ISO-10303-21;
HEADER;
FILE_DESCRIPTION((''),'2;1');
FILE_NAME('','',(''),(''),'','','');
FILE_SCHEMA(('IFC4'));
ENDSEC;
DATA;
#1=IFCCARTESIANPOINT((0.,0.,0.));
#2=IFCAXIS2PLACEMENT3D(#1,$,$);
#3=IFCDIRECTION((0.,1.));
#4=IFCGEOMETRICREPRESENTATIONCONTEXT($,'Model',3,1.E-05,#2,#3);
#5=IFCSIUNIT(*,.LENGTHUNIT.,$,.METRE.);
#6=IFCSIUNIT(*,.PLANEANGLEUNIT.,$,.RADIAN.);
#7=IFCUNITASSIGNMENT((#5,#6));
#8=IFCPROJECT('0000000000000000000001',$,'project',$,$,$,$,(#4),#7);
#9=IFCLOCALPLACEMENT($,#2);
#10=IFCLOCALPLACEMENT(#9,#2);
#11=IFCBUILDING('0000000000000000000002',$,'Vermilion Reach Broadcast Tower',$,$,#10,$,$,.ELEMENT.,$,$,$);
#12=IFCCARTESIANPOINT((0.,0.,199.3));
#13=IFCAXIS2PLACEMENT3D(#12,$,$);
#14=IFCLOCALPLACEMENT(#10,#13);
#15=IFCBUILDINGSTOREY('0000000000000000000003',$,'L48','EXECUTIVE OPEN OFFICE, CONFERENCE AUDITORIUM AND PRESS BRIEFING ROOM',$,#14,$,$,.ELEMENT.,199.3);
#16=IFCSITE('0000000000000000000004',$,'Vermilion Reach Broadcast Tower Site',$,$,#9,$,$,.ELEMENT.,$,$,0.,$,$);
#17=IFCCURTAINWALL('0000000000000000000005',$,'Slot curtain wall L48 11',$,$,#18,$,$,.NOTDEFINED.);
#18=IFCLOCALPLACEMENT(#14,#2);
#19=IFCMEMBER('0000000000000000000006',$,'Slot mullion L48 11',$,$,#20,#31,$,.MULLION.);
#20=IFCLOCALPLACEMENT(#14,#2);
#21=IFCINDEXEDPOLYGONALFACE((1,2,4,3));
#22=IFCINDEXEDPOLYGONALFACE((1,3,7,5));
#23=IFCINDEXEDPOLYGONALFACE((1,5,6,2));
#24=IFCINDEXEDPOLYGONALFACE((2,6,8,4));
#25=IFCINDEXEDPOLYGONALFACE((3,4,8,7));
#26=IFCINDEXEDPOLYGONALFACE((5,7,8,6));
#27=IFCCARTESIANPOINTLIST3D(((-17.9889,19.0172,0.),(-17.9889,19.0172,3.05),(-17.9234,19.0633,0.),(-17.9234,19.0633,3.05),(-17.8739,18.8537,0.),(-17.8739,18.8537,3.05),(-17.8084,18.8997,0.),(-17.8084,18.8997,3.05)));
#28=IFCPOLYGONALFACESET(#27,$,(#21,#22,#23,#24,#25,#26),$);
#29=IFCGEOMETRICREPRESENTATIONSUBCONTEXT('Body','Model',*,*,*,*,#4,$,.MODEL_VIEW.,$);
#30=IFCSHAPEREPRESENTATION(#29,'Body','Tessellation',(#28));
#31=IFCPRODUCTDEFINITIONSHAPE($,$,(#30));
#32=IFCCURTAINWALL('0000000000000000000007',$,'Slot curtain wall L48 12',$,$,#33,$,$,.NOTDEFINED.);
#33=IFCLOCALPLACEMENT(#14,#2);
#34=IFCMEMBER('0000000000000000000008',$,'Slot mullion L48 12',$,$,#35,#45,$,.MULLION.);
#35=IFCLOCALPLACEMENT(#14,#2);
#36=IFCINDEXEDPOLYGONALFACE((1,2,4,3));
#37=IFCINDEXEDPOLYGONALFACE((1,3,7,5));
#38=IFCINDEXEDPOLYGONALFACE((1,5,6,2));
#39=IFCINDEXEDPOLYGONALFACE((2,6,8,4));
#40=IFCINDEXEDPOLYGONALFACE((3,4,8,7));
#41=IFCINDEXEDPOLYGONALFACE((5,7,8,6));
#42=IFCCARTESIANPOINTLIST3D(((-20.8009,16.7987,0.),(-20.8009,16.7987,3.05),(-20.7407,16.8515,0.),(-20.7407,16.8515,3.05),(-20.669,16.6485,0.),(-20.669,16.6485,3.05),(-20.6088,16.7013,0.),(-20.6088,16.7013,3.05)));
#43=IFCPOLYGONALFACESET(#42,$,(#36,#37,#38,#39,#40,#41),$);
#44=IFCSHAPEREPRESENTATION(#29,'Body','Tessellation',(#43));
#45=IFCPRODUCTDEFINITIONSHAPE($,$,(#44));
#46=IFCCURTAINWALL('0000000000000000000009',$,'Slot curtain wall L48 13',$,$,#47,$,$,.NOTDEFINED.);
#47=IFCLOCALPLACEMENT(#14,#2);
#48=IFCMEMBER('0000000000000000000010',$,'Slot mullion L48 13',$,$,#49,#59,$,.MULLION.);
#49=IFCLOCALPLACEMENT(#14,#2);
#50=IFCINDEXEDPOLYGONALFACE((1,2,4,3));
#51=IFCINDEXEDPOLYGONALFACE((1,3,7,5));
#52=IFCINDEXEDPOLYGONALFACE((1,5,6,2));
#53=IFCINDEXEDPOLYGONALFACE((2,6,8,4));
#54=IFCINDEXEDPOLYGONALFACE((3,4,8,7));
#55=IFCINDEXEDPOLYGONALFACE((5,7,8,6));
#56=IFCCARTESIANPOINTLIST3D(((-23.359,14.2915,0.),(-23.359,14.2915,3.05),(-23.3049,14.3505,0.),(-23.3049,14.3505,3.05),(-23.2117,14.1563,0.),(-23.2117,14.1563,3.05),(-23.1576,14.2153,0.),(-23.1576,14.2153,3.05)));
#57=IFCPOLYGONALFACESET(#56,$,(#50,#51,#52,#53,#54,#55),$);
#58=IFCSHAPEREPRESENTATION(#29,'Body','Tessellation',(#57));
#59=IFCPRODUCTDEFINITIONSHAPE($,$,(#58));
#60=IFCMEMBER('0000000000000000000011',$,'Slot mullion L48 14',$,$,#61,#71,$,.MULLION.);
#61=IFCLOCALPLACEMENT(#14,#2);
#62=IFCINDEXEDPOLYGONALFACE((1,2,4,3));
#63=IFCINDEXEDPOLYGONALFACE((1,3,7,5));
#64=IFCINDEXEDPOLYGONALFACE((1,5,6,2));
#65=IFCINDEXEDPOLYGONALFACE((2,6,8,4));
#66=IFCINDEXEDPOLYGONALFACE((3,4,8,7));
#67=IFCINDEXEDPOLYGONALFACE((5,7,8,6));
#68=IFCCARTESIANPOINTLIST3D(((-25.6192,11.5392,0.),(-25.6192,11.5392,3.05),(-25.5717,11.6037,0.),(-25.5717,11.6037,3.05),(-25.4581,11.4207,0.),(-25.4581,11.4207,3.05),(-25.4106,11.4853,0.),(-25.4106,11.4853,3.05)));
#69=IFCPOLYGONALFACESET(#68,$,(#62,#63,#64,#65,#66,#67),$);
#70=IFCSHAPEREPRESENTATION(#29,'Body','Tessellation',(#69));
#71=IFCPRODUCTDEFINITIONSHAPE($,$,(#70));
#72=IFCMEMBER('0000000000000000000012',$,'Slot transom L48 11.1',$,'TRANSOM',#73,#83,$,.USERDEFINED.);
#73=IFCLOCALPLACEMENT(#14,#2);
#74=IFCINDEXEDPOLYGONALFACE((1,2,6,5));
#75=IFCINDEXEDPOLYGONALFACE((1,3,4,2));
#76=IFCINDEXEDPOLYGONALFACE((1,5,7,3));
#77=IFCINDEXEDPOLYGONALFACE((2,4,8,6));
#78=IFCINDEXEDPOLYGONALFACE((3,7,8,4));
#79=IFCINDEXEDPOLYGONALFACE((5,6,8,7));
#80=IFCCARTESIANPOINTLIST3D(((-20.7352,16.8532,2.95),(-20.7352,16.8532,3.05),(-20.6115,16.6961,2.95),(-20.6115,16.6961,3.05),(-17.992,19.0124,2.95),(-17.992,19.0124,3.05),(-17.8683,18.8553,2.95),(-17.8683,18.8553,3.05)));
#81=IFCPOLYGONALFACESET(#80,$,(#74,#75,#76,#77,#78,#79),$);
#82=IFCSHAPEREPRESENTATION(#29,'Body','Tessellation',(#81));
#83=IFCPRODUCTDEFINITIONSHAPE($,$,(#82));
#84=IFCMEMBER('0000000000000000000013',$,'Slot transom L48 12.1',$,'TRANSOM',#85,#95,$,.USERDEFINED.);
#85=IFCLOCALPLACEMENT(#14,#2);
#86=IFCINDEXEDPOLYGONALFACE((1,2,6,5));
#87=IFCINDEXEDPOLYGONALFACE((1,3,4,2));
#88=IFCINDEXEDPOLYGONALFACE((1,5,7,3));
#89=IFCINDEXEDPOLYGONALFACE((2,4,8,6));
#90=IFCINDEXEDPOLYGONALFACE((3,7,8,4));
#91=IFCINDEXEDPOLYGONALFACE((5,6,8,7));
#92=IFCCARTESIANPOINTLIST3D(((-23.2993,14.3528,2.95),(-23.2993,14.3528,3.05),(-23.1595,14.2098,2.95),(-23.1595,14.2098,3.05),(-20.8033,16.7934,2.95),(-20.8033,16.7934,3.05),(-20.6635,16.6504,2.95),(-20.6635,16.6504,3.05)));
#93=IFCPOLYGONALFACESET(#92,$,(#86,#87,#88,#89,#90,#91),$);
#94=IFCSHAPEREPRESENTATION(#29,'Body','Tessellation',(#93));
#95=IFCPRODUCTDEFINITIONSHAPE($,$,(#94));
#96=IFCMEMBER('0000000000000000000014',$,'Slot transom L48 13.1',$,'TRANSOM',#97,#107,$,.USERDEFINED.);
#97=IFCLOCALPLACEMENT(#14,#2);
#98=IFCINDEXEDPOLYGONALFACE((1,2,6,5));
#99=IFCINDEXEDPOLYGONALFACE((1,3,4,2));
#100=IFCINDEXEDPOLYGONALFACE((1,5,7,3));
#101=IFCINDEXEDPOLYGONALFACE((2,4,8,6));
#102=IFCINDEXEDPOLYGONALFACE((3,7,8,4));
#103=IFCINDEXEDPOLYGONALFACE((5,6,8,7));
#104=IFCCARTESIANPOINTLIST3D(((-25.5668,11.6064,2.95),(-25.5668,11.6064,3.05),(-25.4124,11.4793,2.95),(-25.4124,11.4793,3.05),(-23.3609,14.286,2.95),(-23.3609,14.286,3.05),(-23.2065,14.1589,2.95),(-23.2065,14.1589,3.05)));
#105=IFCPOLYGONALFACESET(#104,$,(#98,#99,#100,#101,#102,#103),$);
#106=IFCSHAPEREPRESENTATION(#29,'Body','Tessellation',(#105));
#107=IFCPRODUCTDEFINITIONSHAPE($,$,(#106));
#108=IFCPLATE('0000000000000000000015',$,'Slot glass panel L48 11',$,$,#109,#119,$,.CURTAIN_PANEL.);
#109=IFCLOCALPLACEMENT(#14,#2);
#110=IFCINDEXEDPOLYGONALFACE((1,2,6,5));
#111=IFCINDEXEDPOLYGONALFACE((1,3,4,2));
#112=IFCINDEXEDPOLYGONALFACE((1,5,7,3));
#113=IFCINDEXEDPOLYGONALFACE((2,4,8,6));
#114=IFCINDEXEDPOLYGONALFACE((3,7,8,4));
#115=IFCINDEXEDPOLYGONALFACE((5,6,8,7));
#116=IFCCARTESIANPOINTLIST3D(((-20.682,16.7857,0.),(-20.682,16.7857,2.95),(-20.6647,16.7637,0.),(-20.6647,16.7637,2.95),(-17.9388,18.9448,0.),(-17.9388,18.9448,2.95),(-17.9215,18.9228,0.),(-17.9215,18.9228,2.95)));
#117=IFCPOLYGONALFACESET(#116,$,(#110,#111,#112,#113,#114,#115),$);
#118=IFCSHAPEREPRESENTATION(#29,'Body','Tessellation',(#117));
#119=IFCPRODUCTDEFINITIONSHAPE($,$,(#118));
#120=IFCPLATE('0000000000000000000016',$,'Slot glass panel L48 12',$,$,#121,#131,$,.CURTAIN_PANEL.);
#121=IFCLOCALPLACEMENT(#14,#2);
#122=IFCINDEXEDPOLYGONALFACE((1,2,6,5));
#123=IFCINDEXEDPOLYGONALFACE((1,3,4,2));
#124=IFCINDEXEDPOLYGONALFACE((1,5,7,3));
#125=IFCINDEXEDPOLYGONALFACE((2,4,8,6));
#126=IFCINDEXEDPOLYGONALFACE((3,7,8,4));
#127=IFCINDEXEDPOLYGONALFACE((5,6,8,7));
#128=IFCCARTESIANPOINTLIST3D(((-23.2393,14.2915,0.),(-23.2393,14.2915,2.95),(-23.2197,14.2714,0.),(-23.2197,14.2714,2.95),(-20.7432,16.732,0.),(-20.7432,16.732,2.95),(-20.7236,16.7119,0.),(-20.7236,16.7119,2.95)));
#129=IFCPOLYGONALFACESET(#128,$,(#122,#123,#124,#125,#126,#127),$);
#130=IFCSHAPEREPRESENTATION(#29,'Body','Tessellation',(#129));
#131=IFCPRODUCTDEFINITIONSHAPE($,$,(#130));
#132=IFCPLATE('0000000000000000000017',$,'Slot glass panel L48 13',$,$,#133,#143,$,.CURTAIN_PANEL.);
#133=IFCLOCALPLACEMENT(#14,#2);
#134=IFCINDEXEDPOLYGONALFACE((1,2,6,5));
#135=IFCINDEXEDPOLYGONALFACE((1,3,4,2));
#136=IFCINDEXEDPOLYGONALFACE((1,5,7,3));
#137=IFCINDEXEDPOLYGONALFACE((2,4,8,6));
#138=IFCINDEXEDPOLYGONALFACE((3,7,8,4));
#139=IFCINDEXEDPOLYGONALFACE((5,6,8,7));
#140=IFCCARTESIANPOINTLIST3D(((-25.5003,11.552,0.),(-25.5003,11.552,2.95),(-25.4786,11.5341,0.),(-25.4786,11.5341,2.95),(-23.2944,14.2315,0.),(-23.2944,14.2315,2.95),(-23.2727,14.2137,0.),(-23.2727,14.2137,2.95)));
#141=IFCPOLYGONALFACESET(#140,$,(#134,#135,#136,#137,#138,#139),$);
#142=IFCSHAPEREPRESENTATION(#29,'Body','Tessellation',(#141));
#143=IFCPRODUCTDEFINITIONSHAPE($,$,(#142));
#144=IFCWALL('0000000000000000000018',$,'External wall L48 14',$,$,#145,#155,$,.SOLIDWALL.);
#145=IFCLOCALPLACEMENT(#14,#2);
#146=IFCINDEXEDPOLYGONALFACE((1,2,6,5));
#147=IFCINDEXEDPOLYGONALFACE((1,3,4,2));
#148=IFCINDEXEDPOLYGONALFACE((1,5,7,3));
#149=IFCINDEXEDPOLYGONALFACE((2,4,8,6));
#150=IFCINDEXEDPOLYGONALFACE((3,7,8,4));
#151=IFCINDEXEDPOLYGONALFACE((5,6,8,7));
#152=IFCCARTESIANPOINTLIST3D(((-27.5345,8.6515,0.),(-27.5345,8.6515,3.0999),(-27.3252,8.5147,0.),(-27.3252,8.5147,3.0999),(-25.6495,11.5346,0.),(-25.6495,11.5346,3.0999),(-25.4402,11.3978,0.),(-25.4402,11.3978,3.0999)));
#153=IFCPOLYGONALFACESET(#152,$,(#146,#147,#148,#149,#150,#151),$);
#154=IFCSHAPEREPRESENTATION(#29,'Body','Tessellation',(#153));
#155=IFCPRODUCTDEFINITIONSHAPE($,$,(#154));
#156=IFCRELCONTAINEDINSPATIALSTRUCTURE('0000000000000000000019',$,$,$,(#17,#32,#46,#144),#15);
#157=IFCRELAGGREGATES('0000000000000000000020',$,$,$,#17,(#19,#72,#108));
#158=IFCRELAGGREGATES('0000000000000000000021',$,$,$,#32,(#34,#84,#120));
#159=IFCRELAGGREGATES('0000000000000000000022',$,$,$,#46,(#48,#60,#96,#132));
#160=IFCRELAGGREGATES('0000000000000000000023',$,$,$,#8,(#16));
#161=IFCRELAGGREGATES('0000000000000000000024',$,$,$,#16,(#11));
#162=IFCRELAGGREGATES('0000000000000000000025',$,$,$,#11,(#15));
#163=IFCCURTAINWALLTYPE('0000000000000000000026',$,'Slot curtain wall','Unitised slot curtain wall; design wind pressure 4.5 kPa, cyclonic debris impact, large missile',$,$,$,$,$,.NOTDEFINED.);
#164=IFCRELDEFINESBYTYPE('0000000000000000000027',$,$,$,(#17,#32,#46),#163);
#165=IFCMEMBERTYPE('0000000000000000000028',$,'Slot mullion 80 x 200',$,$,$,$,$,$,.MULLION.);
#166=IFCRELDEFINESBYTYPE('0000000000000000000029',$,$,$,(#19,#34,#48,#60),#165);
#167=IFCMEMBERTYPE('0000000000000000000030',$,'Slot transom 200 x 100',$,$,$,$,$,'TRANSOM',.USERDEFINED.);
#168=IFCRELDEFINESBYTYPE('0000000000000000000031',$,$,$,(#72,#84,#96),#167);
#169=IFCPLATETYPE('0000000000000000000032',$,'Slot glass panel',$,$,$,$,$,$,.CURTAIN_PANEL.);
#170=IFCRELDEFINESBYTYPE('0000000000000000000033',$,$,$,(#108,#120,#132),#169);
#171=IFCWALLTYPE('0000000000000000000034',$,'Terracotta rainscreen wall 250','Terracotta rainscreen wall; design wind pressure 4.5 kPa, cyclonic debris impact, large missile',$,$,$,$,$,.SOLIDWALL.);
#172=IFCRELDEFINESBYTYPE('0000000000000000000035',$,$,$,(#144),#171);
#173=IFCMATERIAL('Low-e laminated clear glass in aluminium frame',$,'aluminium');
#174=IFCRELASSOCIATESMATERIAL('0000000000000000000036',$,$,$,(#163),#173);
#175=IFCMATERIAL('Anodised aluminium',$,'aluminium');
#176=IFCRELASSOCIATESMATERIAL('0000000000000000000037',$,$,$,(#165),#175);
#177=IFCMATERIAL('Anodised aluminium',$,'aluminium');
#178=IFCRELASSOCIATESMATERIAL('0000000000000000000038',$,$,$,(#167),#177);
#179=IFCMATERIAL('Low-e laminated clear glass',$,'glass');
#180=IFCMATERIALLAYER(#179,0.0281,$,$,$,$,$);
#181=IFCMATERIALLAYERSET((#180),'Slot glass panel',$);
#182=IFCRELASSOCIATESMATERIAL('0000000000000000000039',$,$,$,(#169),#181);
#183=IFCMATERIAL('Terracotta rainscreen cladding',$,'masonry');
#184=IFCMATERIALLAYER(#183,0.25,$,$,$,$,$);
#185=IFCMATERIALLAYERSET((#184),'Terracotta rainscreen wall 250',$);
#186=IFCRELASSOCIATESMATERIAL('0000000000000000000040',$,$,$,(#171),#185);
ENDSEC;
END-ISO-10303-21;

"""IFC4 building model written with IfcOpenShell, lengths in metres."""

from ifc_helpers import new_model, si_unit, direction, frame, frame_2d, origin, origin_2d, place, context, subcontext, project, spatial, rectangle, extrude, material, layer, layer_set, material_profile, profile_set, type_object, element, aggregate, save


model = new_model("IFC4")

# Units and contexts
model_context = context("Model", 3, precision=1e-05, world=origin(), true_north=direction((0.0, 1.0)))
body_context = subcontext(model_context, "Body", "Model", "MODEL_VIEW")
ifc_project = project(units=[si_unit("LENGTHUNIT", "METRE"), si_unit("PLANEANGLEUNIT", "RADIAN")], contexts=[model_context])

# Site, building, storey
site_placement = place(None, origin())
site = spatial("IfcSite", under=ifc_project, at=site_placement, Name="Vermilion Reach Broadcast Tower Site", CompositionType="ELEMENT", RefElevation=0.0)
building_placement = place(site_placement, origin())
building = spatial("IfcBuilding", under=site, at=building_placement, Name="Vermilion Reach Broadcast Tower", CompositionType="ELEMENT")
storey_placement = place(building_placement, frame((0.0, 0.0, 199.3)))
storey = spatial("IfcBuildingStorey", under=building, at=storey_placement, Name="L48", Description="EXECUTIVE OPEN OFFICE, CONFERENCE AUDITORIUM AND PRESS BRIEFING ROOM", CompositionType="ELEMENT", Elevation=199.3)

# Curtain walls, members
ifc_material_1 = material(Name="Low-e laminated clear glass in aluminium frame", Category="aluminium")
curtain_wall_type = type_object("IfcCurtainWallType", Name="Slot curtain wall", Description="Unitised slot curtain wall; design wind pressure 4.5 kPa, cyclonic debris impact, large missile", PredefinedType="NOTDEFINED", material=ifc_material_1)
placement = place(storey_placement, origin())
curtain_wall_1 = element("IfcCurtainWall", 1, at=placement, inside=storey, type_object=curtain_wall_type, Name="Slot curtain wall L48 11", PredefinedType="NOTDEFINED")
ifc_material_2 = material(Name="Anodised aluminium", Category="aluminium")
ifc_material_profile_1 = material_profile(ifc_material_2, rectangle(XDim=0.2, YDim=0.0801, at=origin_2d()), Name="Slot mullion 80 x 200")
ifc_profile_set_1 = profile_set([ifc_material_profile_1], Name="Anodised aluminium")
member_type_1 = type_object("IfcMemberType", Name="Slot mullion 80 x 200", PredefinedType="MULLION", material=ifc_profile_set_1)
member_1_placement = place(storey_placement, frame((-17.8987, 18.9585, 0.0), z_axis=(0.0, 0.0, 1.0), x_axis=(0.575206, -0.818009, 0.0)))
member_1 = element("IfcMember", 2, at=member_1_placement, type_object=member_type_1, Name="Slot mullion L48 11", PredefinedType="MULLION", context=body_context, shape_type="SweptSolid", body=[
    extrude(rectangle(XDim=0.2, YDim=0.0801, at=origin_2d()), origin(), (0.0, 0.0, 1.0), 3.05),
])
curtain_wall_2 = element("IfcCurtainWall", 3, at=placement, inside=storey, type_object=curtain_wall_type, Name="Slot curtain wall L48 12", PredefinedType="NOTDEFINED")
member_2_placement = place(storey_placement, frame((-20.7048, 16.75, 0.0), z_axis=(0.0, 0.0, 1.0), x_axis=(0.659739, -0.751494, 0.0)))
member_2 = element("IfcMember", 4, at=member_2_placement, type_object=member_type_1, Name="Slot mullion L48 12", PredefinedType="MULLION", context=body_context, shape_type="SweptSolid", body=[
    extrude(rectangle(XDim=0.2, YDim=0.0801, at=origin_2d()), origin(), (0.0, 0.0, 1.0), 3.05),
])

# Curtain wall, members
curtain_wall_3 = element("IfcCurtainWall", 5, at=placement, inside=storey, type_object=curtain_wall_type, Name="Slot curtain wall L48 13", PredefinedType="NOTDEFINED")
member_3_placement = place(storey_placement, frame((-23.2583, 14.2534, 0.0), z_axis=(0.0, 0.0, 1.0), x_axis=(0.73664, -0.676286, 0.0)))
member_3 = element("IfcMember", 6, at=member_3_placement, type_object=member_type_1, Name="Slot mullion L48 13", PredefinedType="MULLION", context=body_context, shape_type="SweptSolid", body=[
    extrude(rectangle(XDim=0.2, YDim=0.0801, at=origin_2d()), origin(), (0.0, 0.0, 1.0), 3.05),
])
member_4_placement = place(storey_placement, frame((-25.5149, 11.5122, 0.0), z_axis=(0.0, 0.0, 1.0), x_axis=(0.805732, -0.59228, 0.0)))
member_4 = element("IfcMember", 7, at=member_4_placement, type_object=member_type_1, Name="Slot mullion L48 14", PredefinedType="MULLION", context=body_context, shape_type="SweptSolid", body=[
    extrude(rectangle(XDim=0.2, YDim=0.0801, at=origin_2d()), origin(), (0.0, 0.0, 1.0), 3.05),
])

# Members
ifc_material_3 = material(Name="Anodised aluminium", Category="aluminium")
ifc_material_profile_2 = material_profile(ifc_material_3, rectangle(XDim=0.2, YDim=0.1001, at=origin_2d()), Name="Slot transom 200 x 100")
ifc_profile_set_2 = profile_set([ifc_material_profile_2], Name="Anodised aluminium")
member_type_2 = type_object("IfcMemberType", Name="Slot transom 200 x 100", ElementType="TRANSOM", PredefinedType="USERDEFINED", material=ifc_profile_set_2)
member_5_placement = place(storey_placement, frame((-17.9302, 18.9338, 3.0), z_axis=(-0.785784, -0.618501, 0.0), x_axis=(0.618501, -0.785784, 0.0)))
member_5 = element("IfcMember", 8, at=member_5_placement, type_object=member_type_2, Name="Slot transom L48 11.1", ObjectType="TRANSOM", PredefinedType="USERDEFINED", context=body_context, shape_type="SweptSolid", body=[
    extrude(rectangle(XDim=0.2, YDim=0.1001, at=origin_2d()), origin(), (0.0, 0.0, 1.0), 3.491),
])
member_6_placement = place(storey_placement, frame((-20.7334, 16.7219, 3.0), z_axis=(-0.715, -0.699125, 0.0), x_axis=(0.699125, -0.715, 0.0)))
member_6 = element("IfcMember", 9, at=member_6_placement, type_object=member_type_2, Name="Slot transom L48 12.1", ObjectType="TRANSOM", PredefinedType="USERDEFINED", context=body_context, shape_type="SweptSolid", body=[
    extrude(rectangle(XDim=0.2, YDim=0.1001, at=origin_2d()), origin(), (0.0, 0.0, 1.0), 3.491),
])
member_7_placement = place(storey_placement, frame((-23.2837, 14.2224, 3.0), z_axis=(-0.635572, -0.772042, 0.0), x_axis=(0.772042, -0.635572, 0.0)))
member_7 = element("IfcMember", 10, at=member_7_placement, type_object=member_type_2, Name="Slot transom L48 13.1", ObjectType="TRANSOM", PredefinedType="USERDEFINED", context=body_context, shape_type="SweptSolid", body=[
    extrude(rectangle(XDim=0.2, YDim=0.1001, at=origin_2d()), origin(), (0.0, 0.0, 1.0), 3.4707),
])

# Plates
ifc_material_4 = material(Name="Low-e laminated clear glass", Category="glass")
ifc_layer_1 = layer(ifc_material_4, 0.0281)
ifc_layer_set_1 = layer_set([ifc_layer_1], Name="Slot glass panel")
plate_type = type_object("IfcPlateType", Name="Slot glass panel", PredefinedType="CURTAIN_PANEL", material=ifc_layer_set_1)
plate_1_placement = place(storey_placement, frame((-19.3018, 17.8542, 0.0), z_axis=(0.0, 0.0, 1.0), x_axis=(-0.785796, -0.618486, 0.0)))
plate_1 = element("IfcPlate", 11, at=plate_1_placement, type_object=plate_type, Name="Slot glass panel L48 11", PredefinedType="CURTAIN_PANEL", context=body_context, shape_type="SweptSolid", body=[
    extrude(rectangle(XDim=3.491, YDim=0.0281, at=origin_2d()), origin(), (0.0, 0.0, 1.0), 2.95),
])
aggregate(curtain_wall_1, [member_1, member_5, plate_1])
plate_2_placement = place(storey_placement, frame((-21.9814, 15.5017, 0.0), z_axis=(0.0, 0.0, 1.0), x_axis=(-0.71503, -0.699093, 0.0)))
plate_2 = element("IfcPlate", 12, at=plate_2_placement, type_object=plate_type, Name="Slot glass panel L48 12", PredefinedType="CURTAIN_PANEL", context=body_context, shape_type="SweptSolid", body=[
    extrude(rectangle(XDim=3.491, YDim=0.0281, at=origin_2d()), origin(), (0.0, 0.0, 1.0), 2.95),
])
aggregate(curtain_wall_2, [member_2, member_6, plate_2])
plate_3_placement = place(storey_placement, frame((-24.3865, 12.8828, 0.0), z_axis=(0.0, 0.0, 1.0), x_axis=(-0.635572, -0.772041, 0.0)))
plate_3 = element("IfcPlate", 13, at=plate_3_placement, type_object=plate_type, Name="Slot glass panel L48 13", PredefinedType="CURTAIN_PANEL", context=body_context, shape_type="SweptSolid", body=[
    extrude(rectangle(XDim=3.4707, YDim=0.0281, at=origin_2d()), origin(), (0.0, 0.0, 1.0), 2.95),
])
aggregate(curtain_wall_3, [member_3, member_4, member_7, plate_3])

# Wall
ifc_material_5 = material(Name="Terracotta rainscreen cladding", Category="masonry")
ifc_layer_2 = layer(ifc_material_5, 0.25)
ifc_layer_set_2 = layer_set([ifc_layer_2], Name="Terracotta rainscreen wall 250")
wall_type = type_object("IfcWallType", Name="Terracotta rainscreen wall 250", Description="Terracotta rainscreen wall; design wind pressure 4.5 kPa, cyclonic debris impact, large missile", PredefinedType="SOLIDWALL", material=ifc_layer_set_2)
wall_placement = place(storey_placement, frame((-25.5449, 11.4661, 0.0), z_axis=(0.0, 0.0, 1.0), x_axis=(-0.547236, -0.836978, 0.0)))
element("IfcWall", 14, at=wall_placement, inside=storey, type_object=wall_type, Name="External wall L48 14", PredefinedType="SOLIDWALL", context=body_context, shape_type="SweptSolid", body=[
    extrude(rectangle(XDim=3.4446, YDim=0.25, at=frame_2d((1.7222, 0.0))), origin(), (0.0, 0.0, 1.0), 3.0999),
])

save(model, "model.ifc")
